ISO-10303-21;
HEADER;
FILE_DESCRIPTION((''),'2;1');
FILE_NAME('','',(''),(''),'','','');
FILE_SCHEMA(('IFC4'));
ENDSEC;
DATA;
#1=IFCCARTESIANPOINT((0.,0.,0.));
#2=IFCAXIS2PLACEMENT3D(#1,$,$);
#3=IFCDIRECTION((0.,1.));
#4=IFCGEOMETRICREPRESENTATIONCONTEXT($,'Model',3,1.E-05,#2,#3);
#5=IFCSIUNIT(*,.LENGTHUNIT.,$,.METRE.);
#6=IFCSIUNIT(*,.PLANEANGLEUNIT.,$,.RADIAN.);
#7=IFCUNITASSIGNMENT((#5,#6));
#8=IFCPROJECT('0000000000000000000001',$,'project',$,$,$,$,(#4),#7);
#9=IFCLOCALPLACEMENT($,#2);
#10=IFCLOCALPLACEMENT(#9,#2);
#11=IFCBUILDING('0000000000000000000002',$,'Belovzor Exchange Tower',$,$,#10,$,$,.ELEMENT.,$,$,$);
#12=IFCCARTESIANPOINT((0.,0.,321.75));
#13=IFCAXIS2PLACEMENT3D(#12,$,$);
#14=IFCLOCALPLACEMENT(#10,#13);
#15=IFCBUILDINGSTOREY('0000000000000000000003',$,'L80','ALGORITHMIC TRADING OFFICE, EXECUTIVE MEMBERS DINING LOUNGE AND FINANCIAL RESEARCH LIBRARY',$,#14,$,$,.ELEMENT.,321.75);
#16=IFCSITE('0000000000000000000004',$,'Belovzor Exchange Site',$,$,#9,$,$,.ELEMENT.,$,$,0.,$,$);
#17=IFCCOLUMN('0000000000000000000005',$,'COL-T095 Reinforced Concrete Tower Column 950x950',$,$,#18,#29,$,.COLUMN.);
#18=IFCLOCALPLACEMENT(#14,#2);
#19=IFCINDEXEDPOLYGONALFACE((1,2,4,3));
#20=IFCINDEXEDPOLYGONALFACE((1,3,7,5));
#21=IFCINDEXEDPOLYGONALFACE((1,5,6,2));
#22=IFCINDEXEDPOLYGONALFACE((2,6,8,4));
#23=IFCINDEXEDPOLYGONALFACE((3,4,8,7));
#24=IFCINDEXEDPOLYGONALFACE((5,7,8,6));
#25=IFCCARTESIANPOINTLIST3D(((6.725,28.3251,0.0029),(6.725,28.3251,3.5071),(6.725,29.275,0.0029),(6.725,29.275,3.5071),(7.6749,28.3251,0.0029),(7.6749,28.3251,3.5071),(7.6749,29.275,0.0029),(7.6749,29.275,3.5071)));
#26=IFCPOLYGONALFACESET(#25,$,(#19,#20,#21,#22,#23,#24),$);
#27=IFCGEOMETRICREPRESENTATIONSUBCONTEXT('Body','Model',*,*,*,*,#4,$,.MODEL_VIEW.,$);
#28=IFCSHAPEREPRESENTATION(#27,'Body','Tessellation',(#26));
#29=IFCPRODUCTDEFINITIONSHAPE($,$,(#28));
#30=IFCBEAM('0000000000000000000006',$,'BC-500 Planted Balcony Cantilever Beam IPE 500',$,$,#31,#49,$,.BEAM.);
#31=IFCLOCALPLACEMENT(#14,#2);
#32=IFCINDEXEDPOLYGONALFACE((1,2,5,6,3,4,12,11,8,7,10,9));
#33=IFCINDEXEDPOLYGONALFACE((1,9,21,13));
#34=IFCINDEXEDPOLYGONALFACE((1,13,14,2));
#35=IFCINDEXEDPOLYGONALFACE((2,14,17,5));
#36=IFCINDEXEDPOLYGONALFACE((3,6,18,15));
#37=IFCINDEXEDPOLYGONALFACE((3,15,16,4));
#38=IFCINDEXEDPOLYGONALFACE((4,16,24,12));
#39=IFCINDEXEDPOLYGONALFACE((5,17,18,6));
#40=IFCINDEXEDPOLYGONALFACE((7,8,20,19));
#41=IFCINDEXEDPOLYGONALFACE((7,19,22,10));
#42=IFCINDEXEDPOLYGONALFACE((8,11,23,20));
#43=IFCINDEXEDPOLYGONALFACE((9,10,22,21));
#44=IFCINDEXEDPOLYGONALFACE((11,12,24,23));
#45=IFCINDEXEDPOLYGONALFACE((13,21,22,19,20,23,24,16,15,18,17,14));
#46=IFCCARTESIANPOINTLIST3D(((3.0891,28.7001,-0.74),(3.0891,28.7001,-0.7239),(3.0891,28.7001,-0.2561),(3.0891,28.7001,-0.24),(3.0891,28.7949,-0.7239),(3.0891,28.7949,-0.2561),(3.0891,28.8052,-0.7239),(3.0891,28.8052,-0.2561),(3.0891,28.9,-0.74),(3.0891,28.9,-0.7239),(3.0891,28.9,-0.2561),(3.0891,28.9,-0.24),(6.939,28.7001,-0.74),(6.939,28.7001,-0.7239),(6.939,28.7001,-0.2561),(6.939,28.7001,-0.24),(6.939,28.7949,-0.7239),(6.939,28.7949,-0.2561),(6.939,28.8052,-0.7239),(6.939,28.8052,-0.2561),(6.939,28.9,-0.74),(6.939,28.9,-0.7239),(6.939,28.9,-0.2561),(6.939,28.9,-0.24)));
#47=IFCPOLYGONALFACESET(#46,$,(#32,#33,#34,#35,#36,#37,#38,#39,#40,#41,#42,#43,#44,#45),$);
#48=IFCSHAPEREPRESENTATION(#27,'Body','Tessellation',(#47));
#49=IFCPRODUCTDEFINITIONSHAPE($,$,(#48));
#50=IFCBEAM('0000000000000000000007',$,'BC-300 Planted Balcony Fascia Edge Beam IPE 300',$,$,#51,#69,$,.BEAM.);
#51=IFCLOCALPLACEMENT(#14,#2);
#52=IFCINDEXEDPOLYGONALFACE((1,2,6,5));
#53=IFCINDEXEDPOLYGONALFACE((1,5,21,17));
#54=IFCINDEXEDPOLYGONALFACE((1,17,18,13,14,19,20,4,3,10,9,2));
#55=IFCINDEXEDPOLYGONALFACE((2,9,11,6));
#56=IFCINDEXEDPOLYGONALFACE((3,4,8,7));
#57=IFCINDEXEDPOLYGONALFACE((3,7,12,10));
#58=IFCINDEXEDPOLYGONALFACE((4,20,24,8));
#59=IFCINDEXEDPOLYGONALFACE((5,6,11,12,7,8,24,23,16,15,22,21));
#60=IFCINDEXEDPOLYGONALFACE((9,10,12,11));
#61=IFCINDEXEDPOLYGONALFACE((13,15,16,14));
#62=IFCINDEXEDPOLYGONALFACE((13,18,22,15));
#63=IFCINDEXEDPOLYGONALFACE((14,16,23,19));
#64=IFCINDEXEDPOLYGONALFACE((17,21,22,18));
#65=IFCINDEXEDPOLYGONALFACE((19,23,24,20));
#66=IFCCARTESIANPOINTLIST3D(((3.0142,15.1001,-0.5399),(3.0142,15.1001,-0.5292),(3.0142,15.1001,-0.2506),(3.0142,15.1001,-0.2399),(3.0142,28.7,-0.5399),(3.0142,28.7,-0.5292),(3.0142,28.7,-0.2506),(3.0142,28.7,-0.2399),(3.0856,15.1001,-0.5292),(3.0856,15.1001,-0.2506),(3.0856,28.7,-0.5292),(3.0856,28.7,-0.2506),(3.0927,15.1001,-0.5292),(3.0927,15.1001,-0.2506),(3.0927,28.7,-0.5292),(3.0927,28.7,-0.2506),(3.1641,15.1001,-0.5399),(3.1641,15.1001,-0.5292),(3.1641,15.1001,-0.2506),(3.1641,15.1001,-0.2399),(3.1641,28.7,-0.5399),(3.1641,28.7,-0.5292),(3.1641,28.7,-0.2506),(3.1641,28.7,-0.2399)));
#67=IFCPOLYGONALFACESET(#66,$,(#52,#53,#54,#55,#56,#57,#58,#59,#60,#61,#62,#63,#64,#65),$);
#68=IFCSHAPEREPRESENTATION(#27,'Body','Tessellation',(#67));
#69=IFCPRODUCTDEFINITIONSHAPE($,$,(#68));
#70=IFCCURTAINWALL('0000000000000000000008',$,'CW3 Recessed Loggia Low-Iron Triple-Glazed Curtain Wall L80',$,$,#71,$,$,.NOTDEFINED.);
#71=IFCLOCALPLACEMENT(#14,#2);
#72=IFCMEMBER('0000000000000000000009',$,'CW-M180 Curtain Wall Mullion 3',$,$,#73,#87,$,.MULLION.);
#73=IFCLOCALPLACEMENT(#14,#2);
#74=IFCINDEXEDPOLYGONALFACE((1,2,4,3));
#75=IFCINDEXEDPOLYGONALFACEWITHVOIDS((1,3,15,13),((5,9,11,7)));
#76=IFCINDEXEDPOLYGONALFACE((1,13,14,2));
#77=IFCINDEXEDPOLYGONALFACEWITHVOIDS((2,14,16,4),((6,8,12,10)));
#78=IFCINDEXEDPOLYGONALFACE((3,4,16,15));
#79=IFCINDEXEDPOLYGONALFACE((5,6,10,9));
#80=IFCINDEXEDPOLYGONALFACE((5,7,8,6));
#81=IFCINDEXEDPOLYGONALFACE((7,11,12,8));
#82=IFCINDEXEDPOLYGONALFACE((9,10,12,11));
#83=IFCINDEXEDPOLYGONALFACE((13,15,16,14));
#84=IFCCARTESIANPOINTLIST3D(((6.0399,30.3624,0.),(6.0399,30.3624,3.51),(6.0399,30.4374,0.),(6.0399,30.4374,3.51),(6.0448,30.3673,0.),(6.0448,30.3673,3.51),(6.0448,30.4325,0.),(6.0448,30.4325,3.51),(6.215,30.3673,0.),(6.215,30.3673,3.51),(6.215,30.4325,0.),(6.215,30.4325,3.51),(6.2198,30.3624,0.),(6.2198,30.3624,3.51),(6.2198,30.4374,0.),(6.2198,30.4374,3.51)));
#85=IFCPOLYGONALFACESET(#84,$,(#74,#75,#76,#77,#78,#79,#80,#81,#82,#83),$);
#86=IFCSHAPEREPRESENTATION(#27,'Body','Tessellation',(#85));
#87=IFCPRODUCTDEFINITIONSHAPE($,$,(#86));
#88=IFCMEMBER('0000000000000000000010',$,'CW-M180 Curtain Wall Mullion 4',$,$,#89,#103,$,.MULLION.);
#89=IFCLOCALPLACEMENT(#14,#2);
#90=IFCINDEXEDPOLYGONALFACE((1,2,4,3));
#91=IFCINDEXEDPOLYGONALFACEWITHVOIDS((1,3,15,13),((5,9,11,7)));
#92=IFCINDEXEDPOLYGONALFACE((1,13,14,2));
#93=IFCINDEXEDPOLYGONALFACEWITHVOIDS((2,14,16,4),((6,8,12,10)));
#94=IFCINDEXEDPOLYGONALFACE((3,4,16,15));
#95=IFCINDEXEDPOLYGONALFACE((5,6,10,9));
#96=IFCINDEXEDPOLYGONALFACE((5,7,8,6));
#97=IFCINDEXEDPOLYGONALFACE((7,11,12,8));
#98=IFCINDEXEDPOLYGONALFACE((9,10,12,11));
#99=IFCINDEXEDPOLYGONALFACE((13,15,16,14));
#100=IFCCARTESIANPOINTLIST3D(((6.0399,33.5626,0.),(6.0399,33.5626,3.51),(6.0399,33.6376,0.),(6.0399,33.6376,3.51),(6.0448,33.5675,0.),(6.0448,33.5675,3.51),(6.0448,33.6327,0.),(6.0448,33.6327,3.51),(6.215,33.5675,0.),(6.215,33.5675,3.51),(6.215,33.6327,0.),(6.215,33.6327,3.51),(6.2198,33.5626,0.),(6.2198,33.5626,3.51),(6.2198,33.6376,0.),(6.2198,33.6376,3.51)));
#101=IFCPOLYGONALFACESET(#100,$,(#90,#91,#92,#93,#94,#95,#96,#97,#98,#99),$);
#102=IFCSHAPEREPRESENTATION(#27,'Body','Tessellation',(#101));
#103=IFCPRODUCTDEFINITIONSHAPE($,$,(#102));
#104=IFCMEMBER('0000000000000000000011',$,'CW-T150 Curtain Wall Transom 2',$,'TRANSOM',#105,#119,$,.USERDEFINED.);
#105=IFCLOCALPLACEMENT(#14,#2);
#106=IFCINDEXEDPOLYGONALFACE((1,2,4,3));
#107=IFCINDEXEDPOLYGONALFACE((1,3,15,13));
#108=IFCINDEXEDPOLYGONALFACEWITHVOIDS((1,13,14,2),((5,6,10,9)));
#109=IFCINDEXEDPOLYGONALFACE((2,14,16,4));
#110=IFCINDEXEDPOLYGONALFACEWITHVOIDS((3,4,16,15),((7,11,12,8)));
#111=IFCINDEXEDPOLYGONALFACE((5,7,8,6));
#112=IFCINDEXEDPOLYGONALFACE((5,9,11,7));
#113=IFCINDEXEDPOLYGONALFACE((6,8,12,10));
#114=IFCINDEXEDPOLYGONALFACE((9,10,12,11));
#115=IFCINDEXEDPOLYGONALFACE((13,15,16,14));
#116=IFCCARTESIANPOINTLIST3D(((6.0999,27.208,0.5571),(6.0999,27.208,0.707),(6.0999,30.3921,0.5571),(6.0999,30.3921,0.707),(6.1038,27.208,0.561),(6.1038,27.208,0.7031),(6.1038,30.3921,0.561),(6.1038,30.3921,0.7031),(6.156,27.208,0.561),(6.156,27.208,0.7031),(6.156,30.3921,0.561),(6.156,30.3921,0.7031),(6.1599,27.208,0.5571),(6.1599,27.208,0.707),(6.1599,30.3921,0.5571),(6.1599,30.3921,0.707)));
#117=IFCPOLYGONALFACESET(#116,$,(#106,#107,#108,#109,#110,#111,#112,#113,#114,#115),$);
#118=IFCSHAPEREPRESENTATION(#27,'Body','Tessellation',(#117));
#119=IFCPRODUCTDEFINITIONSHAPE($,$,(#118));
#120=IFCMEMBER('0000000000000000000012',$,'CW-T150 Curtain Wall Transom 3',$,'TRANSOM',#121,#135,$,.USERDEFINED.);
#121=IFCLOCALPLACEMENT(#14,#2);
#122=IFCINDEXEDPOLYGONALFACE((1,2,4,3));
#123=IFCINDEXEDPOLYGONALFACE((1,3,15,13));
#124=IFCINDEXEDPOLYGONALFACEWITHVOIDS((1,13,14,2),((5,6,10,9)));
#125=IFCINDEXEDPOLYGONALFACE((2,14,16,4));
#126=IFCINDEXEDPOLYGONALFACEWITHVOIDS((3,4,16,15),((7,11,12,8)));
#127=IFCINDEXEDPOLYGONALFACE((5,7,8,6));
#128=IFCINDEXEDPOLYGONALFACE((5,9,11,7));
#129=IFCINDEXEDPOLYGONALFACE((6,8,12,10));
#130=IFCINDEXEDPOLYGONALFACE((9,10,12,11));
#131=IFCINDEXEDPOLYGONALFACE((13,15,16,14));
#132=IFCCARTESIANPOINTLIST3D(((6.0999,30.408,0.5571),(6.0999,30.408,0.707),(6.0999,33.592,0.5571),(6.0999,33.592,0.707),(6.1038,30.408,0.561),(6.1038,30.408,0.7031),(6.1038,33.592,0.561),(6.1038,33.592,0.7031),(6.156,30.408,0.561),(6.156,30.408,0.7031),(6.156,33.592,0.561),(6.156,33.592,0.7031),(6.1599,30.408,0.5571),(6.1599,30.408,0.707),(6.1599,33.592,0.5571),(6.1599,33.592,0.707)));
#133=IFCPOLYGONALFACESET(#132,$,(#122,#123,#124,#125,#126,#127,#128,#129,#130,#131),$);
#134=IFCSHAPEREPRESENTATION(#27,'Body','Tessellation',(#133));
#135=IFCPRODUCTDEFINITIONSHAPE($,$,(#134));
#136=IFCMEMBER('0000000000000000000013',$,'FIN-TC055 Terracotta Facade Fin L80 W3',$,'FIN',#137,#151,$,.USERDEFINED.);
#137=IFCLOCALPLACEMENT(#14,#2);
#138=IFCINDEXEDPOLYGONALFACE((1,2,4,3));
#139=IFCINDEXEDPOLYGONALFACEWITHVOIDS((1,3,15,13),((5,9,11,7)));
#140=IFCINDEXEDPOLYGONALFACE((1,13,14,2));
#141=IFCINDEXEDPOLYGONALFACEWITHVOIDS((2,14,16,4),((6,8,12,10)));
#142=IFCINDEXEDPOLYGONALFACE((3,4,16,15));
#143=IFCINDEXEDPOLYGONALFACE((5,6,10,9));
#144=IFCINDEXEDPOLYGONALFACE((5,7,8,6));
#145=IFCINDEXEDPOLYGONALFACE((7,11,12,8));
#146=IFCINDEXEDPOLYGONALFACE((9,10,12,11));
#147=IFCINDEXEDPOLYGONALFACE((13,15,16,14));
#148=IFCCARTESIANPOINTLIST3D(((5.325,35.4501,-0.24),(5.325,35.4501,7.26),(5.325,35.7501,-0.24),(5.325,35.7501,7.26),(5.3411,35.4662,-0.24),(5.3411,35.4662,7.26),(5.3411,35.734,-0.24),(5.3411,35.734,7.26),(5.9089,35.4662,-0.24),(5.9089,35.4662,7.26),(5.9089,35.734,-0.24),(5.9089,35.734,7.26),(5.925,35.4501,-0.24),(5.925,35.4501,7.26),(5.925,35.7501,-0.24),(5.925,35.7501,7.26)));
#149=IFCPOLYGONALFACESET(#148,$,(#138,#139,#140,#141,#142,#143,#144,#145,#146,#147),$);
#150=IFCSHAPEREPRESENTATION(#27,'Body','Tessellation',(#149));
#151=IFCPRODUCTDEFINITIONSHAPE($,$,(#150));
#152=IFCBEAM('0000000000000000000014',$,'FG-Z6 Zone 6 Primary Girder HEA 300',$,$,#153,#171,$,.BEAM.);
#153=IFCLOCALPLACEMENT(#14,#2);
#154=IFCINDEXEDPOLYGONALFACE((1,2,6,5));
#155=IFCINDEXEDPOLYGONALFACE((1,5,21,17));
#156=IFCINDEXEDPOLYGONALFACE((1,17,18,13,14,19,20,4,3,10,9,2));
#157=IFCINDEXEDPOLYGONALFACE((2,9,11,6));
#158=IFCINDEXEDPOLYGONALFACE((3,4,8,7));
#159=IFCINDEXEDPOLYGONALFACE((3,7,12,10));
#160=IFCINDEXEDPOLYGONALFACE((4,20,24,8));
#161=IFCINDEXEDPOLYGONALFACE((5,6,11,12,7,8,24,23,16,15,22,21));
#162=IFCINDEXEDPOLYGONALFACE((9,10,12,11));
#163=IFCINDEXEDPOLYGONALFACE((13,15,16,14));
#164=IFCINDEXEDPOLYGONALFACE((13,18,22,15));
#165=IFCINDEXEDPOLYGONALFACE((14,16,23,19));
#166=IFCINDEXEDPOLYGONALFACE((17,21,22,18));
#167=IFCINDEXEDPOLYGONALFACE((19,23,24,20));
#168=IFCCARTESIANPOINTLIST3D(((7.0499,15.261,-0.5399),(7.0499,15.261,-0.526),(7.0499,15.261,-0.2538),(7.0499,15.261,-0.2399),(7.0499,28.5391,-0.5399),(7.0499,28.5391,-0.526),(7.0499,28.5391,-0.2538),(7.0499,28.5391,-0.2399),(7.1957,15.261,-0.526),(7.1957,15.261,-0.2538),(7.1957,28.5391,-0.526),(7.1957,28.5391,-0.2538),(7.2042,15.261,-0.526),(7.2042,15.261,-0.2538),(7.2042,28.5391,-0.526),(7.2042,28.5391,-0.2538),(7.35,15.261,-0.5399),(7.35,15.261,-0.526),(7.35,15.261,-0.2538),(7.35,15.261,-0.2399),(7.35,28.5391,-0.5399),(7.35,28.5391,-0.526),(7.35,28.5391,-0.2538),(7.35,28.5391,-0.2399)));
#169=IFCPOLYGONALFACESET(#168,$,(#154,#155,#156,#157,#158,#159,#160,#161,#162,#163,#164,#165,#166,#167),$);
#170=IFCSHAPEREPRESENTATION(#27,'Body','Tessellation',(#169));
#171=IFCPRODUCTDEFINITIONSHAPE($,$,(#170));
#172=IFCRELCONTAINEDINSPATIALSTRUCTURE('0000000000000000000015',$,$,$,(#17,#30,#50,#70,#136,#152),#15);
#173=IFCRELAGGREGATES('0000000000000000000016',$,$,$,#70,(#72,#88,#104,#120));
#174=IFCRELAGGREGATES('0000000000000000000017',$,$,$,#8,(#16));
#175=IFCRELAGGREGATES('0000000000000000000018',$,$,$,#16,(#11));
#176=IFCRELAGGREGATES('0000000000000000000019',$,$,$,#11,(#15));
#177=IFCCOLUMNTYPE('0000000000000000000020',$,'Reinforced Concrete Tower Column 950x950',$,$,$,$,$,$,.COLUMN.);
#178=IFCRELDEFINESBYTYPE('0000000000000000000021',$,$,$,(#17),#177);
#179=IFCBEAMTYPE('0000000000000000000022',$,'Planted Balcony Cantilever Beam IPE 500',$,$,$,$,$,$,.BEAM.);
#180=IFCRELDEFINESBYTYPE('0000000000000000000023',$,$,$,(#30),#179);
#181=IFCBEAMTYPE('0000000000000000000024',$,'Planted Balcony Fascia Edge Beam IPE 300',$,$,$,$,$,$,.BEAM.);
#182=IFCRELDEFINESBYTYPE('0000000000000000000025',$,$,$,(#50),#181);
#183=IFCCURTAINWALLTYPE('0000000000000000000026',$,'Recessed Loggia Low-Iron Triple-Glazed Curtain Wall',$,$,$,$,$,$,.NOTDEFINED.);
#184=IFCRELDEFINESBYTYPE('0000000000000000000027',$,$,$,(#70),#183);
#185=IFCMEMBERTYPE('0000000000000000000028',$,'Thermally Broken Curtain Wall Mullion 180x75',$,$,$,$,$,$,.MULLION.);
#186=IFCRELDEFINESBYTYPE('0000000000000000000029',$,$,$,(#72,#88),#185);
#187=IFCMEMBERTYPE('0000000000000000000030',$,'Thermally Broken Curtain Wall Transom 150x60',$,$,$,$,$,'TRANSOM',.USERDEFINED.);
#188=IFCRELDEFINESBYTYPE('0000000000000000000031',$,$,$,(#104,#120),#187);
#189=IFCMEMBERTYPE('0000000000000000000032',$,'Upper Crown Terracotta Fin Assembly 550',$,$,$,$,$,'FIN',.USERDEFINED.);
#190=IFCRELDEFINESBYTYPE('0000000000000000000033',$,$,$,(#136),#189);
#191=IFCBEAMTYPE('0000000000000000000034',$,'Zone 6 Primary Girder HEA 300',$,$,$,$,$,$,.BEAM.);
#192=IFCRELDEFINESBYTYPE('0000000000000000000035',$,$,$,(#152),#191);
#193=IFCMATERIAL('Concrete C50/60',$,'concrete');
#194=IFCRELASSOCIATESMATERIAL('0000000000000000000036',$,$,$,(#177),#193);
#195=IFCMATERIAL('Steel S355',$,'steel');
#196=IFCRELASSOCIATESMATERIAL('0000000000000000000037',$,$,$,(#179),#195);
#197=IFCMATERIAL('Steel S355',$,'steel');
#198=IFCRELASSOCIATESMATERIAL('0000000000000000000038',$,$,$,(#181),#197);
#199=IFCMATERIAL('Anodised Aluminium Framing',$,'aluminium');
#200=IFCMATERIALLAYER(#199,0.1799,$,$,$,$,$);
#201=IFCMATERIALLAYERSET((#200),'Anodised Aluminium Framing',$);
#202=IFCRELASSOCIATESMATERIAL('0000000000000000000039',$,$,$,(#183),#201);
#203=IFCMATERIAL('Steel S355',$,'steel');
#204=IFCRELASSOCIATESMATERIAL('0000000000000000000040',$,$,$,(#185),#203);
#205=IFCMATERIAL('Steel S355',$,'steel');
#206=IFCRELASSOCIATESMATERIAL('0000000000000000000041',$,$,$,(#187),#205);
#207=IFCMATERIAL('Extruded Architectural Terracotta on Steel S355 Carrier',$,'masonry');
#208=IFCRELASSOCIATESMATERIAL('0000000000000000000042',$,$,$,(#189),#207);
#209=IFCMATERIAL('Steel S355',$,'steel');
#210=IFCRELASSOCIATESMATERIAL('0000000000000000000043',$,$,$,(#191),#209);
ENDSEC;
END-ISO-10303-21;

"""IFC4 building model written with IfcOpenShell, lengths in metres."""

from ifc_helpers import new_model, si_unit, direction, frame, origin, origin_2d, place, context, subcontext, project, spatial, rectangle, hollow_rectangle, i_section, extrude, material, layer, layer_set, material_profile, profile_set, type_object, element, aggregate, save


model = new_model("IFC4")

# Units and contexts
model_context = context("Model", 3, precision=1e-05, world=origin(), true_north=direction((0.0, 1.0)))
body_context = subcontext(model_context, "Body", "Model", "MODEL_VIEW")
ifc_project = project(units=[si_unit("LENGTHUNIT", "METRE"), si_unit("PLANEANGLEUNIT", "RADIAN")], contexts=[model_context])

# Site, building, storey
site_placement = place(None, origin())
site = spatial("IfcSite", under=ifc_project, at=site_placement, Name="Belovzor Exchange Site", CompositionType="ELEMENT", RefElevation=0.0)
building_placement = place(site_placement, origin())
building = spatial("IfcBuilding", under=site, at=building_placement, Name="Belovzor Exchange Tower", CompositionType="ELEMENT")
storey_placement = place(building_placement, frame((0.0, 0.0, 321.75)))
storey = spatial("IfcBuildingStorey", under=building, at=storey_placement, Name="L80", Description="ALGORITHMIC TRADING OFFICE, EXECUTIVE MEMBERS DINING LOUNGE AND FINANCIAL RESEARCH LIBRARY", CompositionType="ELEMENT", Elevation=321.75)

# Column
ifc_material_1 = material(Name="Concrete C50/60", Category="concrete")
ifc_material_profile_1 = material_profile(ifc_material_1, rectangle(XDim=0.95, YDim=0.95, at=origin_2d()))
ifc_profile_set_1 = profile_set([ifc_material_profile_1], Name="Concrete C50/60")
column_type = type_object("IfcColumnType", Name="Reinforced Concrete Tower Column 950x950", PredefinedType="COLUMN", material=ifc_profile_set_1)
column_placement = place(storey_placement, frame((7.2, 28.8, 0.0029), z_axis=(0.0, 0.0, 1.0), x_axis=(1.0, 0.0, 0.0)))
element("IfcColumn", 1, at=column_placement, inside=storey, type_object=column_type, Name="COL-T095 Reinforced Concrete Tower Column 950x950", PredefinedType="COLUMN", context=body_context, shape_type="SweptSolid", body=[
    extrude(rectangle(XDim=0.95, YDim=0.95, at=origin_2d()), origin(), (0.0, 0.0, 1.0), 3.5042),
])

# Beams
ifc_material_2 = material(Name="Steel S355", Category="steel")
ifc_material_profile_2 = material_profile(ifc_material_2, i_section(OverallWidth=0.2, OverallDepth=0.5, WebThickness=0.0103, FlangeThickness=0.0161, at=origin_2d()))
ifc_profile_set_2 = profile_set([ifc_material_profile_2], Name="Steel S355")
beam_type_1 = type_object("IfcBeamType", Name="Planted Balcony Cantilever Beam IPE 500", PredefinedType="BEAM", material=ifc_profile_set_2)
beam_1_placement = place(storey_placement, frame((6.939, 28.8, -0.49), z_axis=(-1.0, 0.0, 0.0), x_axis=(0.0, -1.0, 0.0)))
element("IfcBeam", 2, at=beam_1_placement, inside=storey, type_object=beam_type_1, Name="BC-500 Planted Balcony Cantilever Beam IPE 500", PredefinedType="BEAM", context=body_context, shape_type="SweptSolid", body=[
    extrude(i_section(OverallWidth=0.2, OverallDepth=0.5, WebThickness=0.0103, FlangeThickness=0.0161, at=origin_2d()), origin(), (0.0, 0.0, 1.0), 3.8499),
])
ifc_material_3 = material(Name="Steel S355", Category="steel")
ifc_material_profile_3 = material_profile(ifc_material_3, i_section(OverallWidth=0.1499, OverallDepth=0.3, WebThickness=0.0071, FlangeThickness=0.0107, at=origin_2d()))
ifc_profile_set_3 = profile_set([ifc_material_profile_3], Name="Steel S355")
beam_type_2 = type_object("IfcBeamType", Name="Planted Balcony Fascia Edge Beam IPE 300", PredefinedType="BEAM", material=ifc_profile_set_3)
beam_2_placement = place(storey_placement, frame((3.0891, 28.7, -0.3899), z_axis=(0.0, -1.0, 0.0), x_axis=(1.0, 0.0, 0.0)))
element("IfcBeam", 3, at=beam_2_placement, inside=storey, type_object=beam_type_2, Name="BC-300 Planted Balcony Fascia Edge Beam IPE 300", PredefinedType="BEAM", context=body_context, shape_type="SweptSolid", body=[
    extrude(i_section(OverallWidth=0.1499, OverallDepth=0.3, WebThickness=0.0071, FlangeThickness=0.0107, at=origin_2d()), origin(), (0.0, 0.0, 1.0), 13.5999),
])

# Curtain wall, members
ifc_material_4 = material(Name="Anodised Aluminium Framing", Category="aluminium")
ifc_layer_1 = layer(ifc_material_4, 0.1799)
ifc_layer_set_1 = layer_set([ifc_layer_1], Name="Anodised Aluminium Framing")
curtain_wall_type = type_object("IfcCurtainWallType", Name="Recessed Loggia Low-Iron Triple-Glazed Curtain Wall", PredefinedType="NOTDEFINED", material=ifc_layer_set_1)
curtain_wall_placement = place(storey_placement, origin())
curtain_wall = element("IfcCurtainWall", 4, at=curtain_wall_placement, inside=storey, type_object=curtain_wall_type, Name="CW3 Recessed Loggia Low-Iron Triple-Glazed Curtain Wall L80", PredefinedType="NOTDEFINED")
ifc_material_5 = material(Name="Steel S355", Category="steel")
ifc_material_profile_4 = material_profile(ifc_material_5, hollow_rectangle(XDim=0.075, YDim=0.1799, WallThickness=0.0049, at=origin_2d()))
ifc_profile_set_4 = profile_set([ifc_material_profile_4], Name="Steel S355")
member_type_1 = type_object("IfcMemberType", Name="Thermally Broken Curtain Wall Mullion 180x75", PredefinedType="MULLION", material=ifc_profile_set_4)
member_1_placement = place(storey_placement, frame((6.1299, 30.3999, 0.0), z_axis=(0.0, 0.0, 1.0), x_axis=(0.0, 1.0, 0.0)))
member_1 = element("IfcMember", 5, at=member_1_placement, type_object=member_type_1, Name="CW-M180 Curtain Wall Mullion 3", PredefinedType="MULLION", context=body_context, shape_type="SweptSolid", body=[
    extrude(hollow_rectangle(XDim=0.075, YDim=0.1799, WallThickness=0.0049, at=origin_2d()), origin(), (0.0, 0.0, 1.0), 3.51),
])
member_2_placement = place(storey_placement, frame((6.1299, 33.6001, 0.0), z_axis=(0.0, 0.0, 1.0), x_axis=(0.0, 1.0, 0.0)))
member_2 = element("IfcMember", 6, at=member_2_placement, type_object=member_type_1, Name="CW-M180 Curtain Wall Mullion 4", PredefinedType="MULLION", context=body_context, shape_type="SweptSolid", body=[
    extrude(hollow_rectangle(XDim=0.075, YDim=0.1799, WallThickness=0.0049, at=origin_2d()), origin(), (0.0, 0.0, 1.0), 3.51),
])
ifc_material_6 = material(Name="Steel S355", Category="steel")
ifc_material_profile_5 = material_profile(ifc_material_6, hollow_rectangle(XDim=0.0601, YDim=0.1499, WallThickness=0.0039, at=origin_2d()))
ifc_profile_set_5 = profile_set([ifc_material_profile_5], Name="Steel S355")
member_type_2 = type_object("IfcMemberType", Name="Thermally Broken Curtain Wall Transom 150x60", ElementType="TRANSOM", PredefinedType="USERDEFINED", material=ifc_profile_set_5)
member_3_placement = place(storey_placement, frame((6.1299, 27.208, 0.6321), z_axis=(0.0, 1.0, 0.0), x_axis=(-1.0, 0.0, 0.0)))
member_3 = element("IfcMember", 7, at=member_3_placement, type_object=member_type_2, Name="CW-T150 Curtain Wall Transom 2", ObjectType="TRANSOM", PredefinedType="USERDEFINED", context=body_context, shape_type="SweptSolid", body=[
    extrude(hollow_rectangle(XDim=0.0601, YDim=0.1499, WallThickness=0.0039, at=origin_2d()), origin(), (0.0, 0.0, 1.0), 3.1841),
])
member_4_placement = place(storey_placement, frame((6.1299, 30.408, 0.6321), z_axis=(0.0, 1.0, 0.0), x_axis=(-1.0, 0.0, 0.0)))
member_4 = element("IfcMember", 8, at=member_4_placement, type_object=member_type_2, Name="CW-T150 Curtain Wall Transom 3", ObjectType="TRANSOM", PredefinedType="USERDEFINED", context=body_context, shape_type="SweptSolid", body=[
    extrude(hollow_rectangle(XDim=0.0601, YDim=0.1499, WallThickness=0.0039, at=origin_2d()), origin(), (0.0, 0.0, 1.0), 3.1841),
])

# Member
ifc_material_7 = material(Name="Extruded Architectural Terracotta on Steel S355 Carrier", Category="masonry")
ifc_material_profile_6 = material_profile(ifc_material_7, hollow_rectangle(XDim=0.3, YDim=0.6001, WallThickness=0.0161, at=origin_2d()))
ifc_profile_set_6 = profile_set([ifc_material_profile_6], Name="Extruded Architectural Terracotta on Steel S355 Carrier")
member_type_3 = type_object("IfcMemberType", Name="Upper Crown Terracotta Fin Assembly 550", ElementType="FIN", PredefinedType="USERDEFINED", material=ifc_profile_set_6)
member_5_placement = place(storey_placement, frame((5.625, 35.6001, -0.24), z_axis=(0.0, 0.0, 1.0), x_axis=(0.0, 1.0, 0.0)))
element("IfcMember", 9, at=member_5_placement, inside=storey, type_object=member_type_3, Name="FIN-TC055 Terracotta Facade Fin L80 W3", ObjectType="FIN", PredefinedType="USERDEFINED", context=body_context, shape_type="SweptSolid", body=[
    extrude(hollow_rectangle(XDim=0.3, YDim=0.6001, WallThickness=0.0161, at=origin_2d()), origin(), (0.0, 0.0, 1.0), 7.5),
])

# Beam
ifc_material_8 = material(Name="Steel S355", Category="steel")
ifc_material_profile_7 = material_profile(ifc_material_8, i_section(OverallWidth=0.3, OverallDepth=0.3, WebThickness=0.0085, FlangeThickness=0.0139, at=origin_2d()))
ifc_profile_set_7 = profile_set([ifc_material_profile_7], Name="Steel S355")
beam_type_3 = type_object("IfcBeamType", Name="Zone 6 Primary Girder HEA 300", PredefinedType="BEAM", material=ifc_profile_set_7)
beam_3_placement = place(storey_placement, frame((7.2, 28.5391, -0.3899), z_axis=(0.0, -1.0, 0.0), x_axis=(1.0, 0.0, 0.0)))
element("IfcBeam", 10, at=beam_3_placement, inside=storey, type_object=beam_type_3, Name="FG-Z6 Zone 6 Primary Girder HEA 300", PredefinedType="BEAM", context=body_context, shape_type="SweptSolid", body=[
    extrude(i_section(OverallWidth=0.3, OverallDepth=0.3, WebThickness=0.0085, FlangeThickness=0.0139, at=origin_2d()), origin(), (0.0, 0.0, 1.0), 13.2781),
])

aggregate(curtain_wall, [member_1, member_2, member_3, member_4])

save(model, "model.ifc")
